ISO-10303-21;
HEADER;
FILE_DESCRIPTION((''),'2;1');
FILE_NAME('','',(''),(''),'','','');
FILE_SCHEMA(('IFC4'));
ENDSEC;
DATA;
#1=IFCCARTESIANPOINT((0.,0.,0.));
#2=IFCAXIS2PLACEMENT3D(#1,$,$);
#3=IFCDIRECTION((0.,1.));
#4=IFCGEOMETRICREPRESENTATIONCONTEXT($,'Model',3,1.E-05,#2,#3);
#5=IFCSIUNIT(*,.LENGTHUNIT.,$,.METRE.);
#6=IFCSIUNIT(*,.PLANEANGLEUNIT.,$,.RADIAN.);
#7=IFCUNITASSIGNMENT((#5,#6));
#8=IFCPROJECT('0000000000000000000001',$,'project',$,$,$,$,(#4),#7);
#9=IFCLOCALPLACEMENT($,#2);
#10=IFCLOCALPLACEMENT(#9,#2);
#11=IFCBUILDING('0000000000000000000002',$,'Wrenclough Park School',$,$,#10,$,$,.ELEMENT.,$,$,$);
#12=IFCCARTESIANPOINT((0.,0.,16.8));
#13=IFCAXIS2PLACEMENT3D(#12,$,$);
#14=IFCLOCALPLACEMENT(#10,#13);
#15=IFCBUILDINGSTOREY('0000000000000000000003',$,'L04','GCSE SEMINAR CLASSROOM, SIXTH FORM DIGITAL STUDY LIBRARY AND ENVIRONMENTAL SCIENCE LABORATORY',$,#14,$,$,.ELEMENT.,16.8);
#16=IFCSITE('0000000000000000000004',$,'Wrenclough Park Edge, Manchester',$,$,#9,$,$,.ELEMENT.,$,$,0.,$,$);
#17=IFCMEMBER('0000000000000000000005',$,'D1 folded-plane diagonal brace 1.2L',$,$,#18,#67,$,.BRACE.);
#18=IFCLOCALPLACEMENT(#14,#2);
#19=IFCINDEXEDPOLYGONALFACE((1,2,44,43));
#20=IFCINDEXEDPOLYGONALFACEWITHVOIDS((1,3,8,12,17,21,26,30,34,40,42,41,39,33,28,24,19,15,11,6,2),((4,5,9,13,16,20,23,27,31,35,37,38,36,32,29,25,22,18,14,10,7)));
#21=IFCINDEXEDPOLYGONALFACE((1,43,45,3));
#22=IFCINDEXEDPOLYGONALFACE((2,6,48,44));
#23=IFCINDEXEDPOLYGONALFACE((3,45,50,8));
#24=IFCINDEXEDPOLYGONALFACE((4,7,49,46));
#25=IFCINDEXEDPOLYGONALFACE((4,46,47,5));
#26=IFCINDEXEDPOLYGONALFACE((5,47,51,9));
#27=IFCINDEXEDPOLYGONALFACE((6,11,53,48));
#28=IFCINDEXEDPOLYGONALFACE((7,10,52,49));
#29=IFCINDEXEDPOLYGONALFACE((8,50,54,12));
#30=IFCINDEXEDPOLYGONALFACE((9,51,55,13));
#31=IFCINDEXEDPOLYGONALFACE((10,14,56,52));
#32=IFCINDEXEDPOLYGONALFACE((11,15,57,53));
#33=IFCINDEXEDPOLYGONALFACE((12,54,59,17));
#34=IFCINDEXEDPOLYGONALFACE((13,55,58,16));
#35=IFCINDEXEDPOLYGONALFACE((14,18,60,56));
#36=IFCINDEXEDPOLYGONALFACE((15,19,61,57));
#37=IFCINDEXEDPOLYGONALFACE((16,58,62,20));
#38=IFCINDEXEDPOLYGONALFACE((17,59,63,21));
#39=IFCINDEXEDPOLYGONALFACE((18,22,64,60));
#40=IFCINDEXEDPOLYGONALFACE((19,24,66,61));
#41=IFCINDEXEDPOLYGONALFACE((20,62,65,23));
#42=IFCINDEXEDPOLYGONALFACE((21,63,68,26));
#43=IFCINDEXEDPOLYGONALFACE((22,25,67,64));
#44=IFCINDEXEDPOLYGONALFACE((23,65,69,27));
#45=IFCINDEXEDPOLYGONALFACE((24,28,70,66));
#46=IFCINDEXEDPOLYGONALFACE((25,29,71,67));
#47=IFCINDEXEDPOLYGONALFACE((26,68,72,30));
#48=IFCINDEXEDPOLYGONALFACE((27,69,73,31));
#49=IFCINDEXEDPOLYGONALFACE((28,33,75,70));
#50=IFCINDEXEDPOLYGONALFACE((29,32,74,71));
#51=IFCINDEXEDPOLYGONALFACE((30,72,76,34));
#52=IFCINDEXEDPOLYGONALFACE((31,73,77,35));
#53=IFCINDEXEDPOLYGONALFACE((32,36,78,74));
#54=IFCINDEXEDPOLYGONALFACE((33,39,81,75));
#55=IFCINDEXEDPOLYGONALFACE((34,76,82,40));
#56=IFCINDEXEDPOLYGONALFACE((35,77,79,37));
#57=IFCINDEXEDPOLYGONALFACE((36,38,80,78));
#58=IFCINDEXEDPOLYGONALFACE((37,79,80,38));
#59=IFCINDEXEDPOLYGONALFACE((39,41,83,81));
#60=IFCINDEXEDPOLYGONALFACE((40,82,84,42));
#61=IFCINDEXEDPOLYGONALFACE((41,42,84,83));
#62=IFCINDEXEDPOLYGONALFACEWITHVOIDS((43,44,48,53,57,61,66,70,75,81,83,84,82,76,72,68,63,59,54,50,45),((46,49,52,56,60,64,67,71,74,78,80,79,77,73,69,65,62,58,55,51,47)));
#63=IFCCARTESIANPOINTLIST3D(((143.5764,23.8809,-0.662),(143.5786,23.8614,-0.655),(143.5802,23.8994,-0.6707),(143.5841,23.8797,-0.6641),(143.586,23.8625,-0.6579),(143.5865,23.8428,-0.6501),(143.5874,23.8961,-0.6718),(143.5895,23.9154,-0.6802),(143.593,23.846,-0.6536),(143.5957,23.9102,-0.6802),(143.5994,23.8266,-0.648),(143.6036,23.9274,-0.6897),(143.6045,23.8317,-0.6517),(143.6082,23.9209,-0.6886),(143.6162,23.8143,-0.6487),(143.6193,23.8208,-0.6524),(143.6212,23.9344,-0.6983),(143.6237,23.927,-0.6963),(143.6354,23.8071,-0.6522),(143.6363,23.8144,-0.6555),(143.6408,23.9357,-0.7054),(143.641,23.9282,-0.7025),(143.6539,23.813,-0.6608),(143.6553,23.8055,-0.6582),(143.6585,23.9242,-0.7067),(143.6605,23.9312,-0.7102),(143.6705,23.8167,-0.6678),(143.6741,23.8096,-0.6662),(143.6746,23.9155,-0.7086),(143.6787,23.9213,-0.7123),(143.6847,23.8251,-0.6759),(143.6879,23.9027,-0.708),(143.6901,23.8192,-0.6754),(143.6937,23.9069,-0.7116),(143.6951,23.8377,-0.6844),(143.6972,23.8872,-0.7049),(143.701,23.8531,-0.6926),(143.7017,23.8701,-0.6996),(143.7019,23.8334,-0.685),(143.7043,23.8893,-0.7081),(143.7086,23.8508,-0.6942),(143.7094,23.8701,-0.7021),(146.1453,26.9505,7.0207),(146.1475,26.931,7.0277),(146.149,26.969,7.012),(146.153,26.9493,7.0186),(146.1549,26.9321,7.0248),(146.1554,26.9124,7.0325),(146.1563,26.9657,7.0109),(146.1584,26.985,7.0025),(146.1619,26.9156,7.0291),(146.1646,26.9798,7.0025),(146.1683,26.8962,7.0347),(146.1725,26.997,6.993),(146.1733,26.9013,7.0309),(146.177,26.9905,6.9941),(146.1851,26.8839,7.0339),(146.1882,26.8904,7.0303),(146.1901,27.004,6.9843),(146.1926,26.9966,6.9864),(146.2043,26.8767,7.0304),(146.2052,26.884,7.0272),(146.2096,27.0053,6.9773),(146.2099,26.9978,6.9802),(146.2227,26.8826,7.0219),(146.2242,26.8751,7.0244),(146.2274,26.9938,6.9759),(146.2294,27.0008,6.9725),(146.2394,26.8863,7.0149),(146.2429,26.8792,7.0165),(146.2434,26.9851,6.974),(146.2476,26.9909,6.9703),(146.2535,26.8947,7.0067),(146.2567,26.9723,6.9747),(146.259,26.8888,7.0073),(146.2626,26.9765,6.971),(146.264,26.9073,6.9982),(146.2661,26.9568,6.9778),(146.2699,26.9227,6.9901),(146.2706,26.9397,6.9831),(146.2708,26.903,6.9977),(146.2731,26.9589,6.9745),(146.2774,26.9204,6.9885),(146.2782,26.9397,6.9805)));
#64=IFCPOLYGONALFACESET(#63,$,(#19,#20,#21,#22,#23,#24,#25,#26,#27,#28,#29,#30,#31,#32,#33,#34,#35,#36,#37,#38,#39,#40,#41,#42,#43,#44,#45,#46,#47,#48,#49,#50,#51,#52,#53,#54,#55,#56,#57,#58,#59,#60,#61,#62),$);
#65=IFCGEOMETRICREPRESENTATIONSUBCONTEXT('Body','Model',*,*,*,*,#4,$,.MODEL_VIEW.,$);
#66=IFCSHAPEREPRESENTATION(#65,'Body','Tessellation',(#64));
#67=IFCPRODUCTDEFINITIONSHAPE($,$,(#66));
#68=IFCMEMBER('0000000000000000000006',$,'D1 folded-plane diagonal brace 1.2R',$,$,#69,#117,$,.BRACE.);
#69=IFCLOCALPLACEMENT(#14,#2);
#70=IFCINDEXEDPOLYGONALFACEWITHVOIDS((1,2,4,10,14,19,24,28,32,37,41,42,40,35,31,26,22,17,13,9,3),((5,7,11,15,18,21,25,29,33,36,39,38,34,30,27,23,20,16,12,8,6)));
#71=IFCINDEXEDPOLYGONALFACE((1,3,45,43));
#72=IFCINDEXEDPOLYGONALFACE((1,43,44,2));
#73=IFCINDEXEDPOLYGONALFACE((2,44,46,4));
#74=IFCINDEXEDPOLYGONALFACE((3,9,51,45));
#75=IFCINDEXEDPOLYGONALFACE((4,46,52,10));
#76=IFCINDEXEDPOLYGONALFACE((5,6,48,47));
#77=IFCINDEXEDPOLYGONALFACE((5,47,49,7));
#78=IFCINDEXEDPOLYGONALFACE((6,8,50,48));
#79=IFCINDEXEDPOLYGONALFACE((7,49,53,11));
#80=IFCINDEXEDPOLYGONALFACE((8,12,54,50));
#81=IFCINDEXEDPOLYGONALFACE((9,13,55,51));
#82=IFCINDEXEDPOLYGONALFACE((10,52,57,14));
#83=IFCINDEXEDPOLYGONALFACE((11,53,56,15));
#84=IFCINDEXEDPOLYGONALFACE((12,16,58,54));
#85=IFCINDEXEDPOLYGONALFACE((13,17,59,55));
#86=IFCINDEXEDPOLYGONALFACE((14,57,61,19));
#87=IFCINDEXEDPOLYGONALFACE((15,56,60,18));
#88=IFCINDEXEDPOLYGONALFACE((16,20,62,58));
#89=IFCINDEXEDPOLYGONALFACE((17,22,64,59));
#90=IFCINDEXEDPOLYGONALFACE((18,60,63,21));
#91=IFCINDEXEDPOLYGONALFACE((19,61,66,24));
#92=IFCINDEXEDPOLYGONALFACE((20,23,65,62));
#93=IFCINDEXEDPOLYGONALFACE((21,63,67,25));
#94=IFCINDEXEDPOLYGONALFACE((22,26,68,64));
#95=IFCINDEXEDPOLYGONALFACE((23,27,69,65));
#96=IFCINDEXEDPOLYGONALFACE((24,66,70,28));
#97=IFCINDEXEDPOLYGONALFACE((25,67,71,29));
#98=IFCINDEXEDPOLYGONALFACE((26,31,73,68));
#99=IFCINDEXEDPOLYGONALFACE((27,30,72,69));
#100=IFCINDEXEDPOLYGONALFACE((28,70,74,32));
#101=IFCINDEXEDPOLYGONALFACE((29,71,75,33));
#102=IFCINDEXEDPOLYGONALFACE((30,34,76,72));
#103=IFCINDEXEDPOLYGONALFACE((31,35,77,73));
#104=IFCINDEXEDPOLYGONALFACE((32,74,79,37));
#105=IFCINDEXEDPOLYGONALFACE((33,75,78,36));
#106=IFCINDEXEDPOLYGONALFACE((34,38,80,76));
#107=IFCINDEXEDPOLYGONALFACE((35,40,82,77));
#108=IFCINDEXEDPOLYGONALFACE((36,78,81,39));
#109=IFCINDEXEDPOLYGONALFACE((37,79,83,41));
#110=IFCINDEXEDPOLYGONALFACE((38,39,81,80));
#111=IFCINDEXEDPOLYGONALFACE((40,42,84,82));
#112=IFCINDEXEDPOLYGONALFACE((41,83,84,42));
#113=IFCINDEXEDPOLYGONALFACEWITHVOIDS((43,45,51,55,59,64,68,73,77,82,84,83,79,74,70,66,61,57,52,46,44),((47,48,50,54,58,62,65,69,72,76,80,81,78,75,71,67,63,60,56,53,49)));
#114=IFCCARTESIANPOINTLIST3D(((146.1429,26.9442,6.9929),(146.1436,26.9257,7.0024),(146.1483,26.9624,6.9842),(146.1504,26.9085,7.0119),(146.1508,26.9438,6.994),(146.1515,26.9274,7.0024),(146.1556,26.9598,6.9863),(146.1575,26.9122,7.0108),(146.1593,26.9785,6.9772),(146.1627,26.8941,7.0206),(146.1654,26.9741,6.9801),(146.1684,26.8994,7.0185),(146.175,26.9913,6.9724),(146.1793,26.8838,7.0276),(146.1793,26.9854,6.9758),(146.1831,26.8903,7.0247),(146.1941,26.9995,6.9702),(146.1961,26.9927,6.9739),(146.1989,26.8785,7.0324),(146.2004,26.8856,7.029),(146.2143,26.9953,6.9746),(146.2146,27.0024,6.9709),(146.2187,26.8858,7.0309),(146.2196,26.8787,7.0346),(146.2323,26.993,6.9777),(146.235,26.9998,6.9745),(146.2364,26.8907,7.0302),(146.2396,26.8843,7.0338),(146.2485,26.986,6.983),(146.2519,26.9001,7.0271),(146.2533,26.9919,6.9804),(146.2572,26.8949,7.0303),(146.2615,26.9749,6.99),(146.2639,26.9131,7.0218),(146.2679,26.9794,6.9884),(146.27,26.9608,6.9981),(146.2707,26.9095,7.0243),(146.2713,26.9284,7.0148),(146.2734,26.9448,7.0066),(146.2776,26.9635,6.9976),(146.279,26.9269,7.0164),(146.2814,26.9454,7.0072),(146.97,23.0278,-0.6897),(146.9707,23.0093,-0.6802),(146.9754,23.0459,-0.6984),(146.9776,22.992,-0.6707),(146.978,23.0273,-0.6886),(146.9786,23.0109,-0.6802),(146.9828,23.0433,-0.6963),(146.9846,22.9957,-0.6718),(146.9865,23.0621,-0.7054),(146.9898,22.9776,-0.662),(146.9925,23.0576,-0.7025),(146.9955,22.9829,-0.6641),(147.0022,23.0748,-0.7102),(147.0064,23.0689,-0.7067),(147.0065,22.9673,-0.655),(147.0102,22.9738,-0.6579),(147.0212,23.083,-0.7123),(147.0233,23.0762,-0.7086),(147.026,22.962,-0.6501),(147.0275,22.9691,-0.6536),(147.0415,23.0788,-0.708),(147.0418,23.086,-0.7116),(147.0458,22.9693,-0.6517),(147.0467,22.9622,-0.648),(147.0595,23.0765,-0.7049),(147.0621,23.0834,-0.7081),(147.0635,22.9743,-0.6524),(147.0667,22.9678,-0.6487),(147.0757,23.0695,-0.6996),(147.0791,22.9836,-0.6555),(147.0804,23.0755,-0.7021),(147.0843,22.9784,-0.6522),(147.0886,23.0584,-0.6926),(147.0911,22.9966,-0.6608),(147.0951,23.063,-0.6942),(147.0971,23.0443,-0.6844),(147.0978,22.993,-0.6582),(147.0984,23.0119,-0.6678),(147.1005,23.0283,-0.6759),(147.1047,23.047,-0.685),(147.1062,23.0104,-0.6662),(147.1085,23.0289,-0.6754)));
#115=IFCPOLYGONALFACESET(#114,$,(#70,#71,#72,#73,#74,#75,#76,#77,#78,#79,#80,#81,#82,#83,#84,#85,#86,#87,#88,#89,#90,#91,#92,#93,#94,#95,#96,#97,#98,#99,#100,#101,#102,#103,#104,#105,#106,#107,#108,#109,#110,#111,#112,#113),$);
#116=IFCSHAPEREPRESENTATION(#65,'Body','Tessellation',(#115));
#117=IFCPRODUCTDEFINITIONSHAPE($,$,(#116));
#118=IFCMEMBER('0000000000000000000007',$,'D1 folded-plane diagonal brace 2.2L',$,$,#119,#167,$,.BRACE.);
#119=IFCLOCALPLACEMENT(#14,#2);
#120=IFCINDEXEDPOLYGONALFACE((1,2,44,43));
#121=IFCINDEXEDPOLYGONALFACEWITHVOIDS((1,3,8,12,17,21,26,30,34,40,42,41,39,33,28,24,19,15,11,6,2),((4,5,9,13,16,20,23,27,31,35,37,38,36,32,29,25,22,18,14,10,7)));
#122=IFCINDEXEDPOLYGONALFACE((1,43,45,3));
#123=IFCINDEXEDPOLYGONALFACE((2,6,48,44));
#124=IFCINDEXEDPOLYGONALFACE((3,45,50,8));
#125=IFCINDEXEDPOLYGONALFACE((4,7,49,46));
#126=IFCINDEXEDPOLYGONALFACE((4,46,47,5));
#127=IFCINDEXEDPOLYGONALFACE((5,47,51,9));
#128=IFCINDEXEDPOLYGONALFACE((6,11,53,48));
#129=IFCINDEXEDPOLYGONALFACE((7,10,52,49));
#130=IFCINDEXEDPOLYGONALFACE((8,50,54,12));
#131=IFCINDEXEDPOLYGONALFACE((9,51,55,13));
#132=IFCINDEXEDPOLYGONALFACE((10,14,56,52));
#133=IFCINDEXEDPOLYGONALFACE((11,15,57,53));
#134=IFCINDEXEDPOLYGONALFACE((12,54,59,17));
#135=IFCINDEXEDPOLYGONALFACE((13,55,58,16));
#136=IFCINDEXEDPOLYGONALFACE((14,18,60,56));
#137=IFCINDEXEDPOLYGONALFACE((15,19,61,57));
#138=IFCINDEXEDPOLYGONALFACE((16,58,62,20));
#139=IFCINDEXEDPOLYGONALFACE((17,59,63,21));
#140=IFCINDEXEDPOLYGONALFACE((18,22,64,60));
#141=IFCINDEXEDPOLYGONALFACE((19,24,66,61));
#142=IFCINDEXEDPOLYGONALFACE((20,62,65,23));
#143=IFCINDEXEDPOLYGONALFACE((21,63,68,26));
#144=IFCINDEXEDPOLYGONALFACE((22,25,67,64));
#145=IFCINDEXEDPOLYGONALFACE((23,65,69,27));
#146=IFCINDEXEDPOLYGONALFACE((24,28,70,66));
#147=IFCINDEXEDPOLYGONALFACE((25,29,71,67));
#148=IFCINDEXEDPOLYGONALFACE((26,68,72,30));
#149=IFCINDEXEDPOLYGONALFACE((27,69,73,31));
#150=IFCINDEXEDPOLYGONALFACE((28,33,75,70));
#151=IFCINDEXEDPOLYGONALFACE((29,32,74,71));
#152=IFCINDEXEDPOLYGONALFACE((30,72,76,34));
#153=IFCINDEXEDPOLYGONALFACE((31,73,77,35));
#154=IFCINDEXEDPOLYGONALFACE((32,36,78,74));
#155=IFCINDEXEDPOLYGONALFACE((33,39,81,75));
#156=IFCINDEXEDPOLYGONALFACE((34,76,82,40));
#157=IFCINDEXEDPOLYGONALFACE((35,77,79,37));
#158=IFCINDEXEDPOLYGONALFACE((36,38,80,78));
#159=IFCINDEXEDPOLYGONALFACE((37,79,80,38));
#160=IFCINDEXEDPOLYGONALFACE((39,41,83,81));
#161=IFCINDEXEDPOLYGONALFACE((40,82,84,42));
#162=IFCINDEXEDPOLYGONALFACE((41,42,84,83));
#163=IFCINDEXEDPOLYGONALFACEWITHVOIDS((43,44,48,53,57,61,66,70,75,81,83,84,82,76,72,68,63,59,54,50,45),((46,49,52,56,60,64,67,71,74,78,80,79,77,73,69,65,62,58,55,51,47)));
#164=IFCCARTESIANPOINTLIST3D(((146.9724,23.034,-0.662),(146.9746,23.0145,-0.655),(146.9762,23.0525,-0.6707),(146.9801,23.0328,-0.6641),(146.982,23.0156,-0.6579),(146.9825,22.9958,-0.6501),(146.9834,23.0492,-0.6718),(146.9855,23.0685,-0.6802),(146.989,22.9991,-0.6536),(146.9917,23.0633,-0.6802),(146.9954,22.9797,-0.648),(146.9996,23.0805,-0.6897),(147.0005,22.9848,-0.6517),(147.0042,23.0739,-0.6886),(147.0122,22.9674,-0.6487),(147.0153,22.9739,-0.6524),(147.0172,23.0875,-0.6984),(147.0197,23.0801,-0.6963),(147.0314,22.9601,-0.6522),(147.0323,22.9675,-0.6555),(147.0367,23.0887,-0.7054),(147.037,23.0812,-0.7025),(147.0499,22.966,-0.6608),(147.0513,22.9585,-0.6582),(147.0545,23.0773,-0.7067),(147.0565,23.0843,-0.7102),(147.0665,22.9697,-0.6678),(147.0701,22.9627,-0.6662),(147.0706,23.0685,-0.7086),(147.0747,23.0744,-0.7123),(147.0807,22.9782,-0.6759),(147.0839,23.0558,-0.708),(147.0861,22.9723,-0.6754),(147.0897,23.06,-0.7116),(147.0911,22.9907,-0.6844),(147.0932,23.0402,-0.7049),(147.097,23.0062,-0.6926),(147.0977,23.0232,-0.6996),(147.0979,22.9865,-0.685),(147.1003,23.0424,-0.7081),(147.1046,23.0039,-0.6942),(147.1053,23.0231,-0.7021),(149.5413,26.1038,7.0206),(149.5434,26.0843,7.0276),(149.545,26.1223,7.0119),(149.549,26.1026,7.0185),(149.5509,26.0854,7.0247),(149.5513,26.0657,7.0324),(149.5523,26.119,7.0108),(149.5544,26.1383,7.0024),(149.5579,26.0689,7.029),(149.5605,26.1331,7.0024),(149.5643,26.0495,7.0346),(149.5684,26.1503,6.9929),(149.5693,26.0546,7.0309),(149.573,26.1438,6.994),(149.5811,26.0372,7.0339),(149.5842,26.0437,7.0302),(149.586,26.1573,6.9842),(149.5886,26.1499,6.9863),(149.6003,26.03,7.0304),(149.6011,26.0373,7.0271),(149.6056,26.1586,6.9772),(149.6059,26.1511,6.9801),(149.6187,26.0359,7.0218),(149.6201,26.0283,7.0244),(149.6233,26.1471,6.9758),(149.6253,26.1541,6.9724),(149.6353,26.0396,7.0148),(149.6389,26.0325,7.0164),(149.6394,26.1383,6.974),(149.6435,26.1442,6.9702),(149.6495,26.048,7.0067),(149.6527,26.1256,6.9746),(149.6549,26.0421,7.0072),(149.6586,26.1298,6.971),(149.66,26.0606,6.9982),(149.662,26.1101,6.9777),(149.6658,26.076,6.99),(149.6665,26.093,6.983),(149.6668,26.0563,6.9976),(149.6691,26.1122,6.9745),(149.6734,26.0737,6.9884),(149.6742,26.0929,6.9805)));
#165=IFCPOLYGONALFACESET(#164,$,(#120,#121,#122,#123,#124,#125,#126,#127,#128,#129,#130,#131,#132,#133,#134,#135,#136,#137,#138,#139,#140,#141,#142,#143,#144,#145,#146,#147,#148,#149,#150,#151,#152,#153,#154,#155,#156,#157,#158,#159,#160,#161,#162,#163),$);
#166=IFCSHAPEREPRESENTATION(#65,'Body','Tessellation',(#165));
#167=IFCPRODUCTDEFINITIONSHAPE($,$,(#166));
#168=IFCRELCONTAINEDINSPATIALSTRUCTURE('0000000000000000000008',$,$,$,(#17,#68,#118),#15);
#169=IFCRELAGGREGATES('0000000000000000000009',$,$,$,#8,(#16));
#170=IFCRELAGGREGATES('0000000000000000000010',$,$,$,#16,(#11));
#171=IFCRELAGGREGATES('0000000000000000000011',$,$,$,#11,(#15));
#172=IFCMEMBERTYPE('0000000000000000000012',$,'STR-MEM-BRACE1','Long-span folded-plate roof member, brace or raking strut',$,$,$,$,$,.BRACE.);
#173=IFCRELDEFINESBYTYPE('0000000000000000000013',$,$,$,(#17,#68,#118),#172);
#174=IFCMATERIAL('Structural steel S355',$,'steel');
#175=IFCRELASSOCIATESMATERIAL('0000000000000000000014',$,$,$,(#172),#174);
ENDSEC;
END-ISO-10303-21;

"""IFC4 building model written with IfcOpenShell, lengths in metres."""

from ifc_helpers import new_model, si_unit, direction, frame, origin, origin_2d, place, context, subcontext, project, spatial, hollow_circle, extrude, material, material_profile, profile_set, type_object, element, save


model = new_model("IFC4")

# Units and contexts
model_context = context("Model", 3, precision=1e-05, world=origin(), true_north=direction((0.0, 1.0)))
body_context = subcontext(model_context, "Body", "Model", "MODEL_VIEW")
ifc_project = project(units=[si_unit("LENGTHUNIT", "METRE"), si_unit("PLANEANGLEUNIT", "RADIAN")], contexts=[model_context])

# Site, building, storey
site_placement = place(None, origin())
site = spatial("IfcSite", under=ifc_project, at=site_placement, Name="Wrenclough Park Edge, Manchester", CompositionType="ELEMENT", RefElevation=0.0)
building_placement = place(site_placement, origin())
building = spatial("IfcBuilding", under=site, at=building_placement, Name="Wrenclough Park School", CompositionType="ELEMENT")
storey_placement = place(building_placement, frame((0.0, 0.0, 16.8)))
storey = spatial("IfcBuildingStorey", under=building, at=storey_placement, Name="L04", Description="GCSE SEMINAR CLASSROOM, SIXTH FORM DIGITAL STUDY LIBRARY AND ENVIRONMENTAL SCIENCE LABORATORY", CompositionType="ELEMENT", Elevation=16.8)

# Shared definitions
ifc_material_1 = material(Name="Structural steel S355", Category="steel")

# Members
ifc_material_profile_1 = material_profile(ifc_material_1, hollow_circle(Radius=0.0698, WallThickness=0.0081, at=origin_2d()), Name="CHS 139.7x8.0")
ifc_profile_set_1 = profile_set([ifc_material_profile_1], Name="Structural steel S355")
member_type_1 = type_object("IfcMemberType", Name="STR-MEM-BRACE1", Description="Long-span folded-plate roof member, brace or raking strut", PredefinedType="BRACE", material=ifc_profile_set_1)
for number, where, z_axis, x_axis, name in (
    (1, (143.6431, 23.8706, -0.6802), (0.296538, 0.354341, 0.886853), (-0.766885, 0.641785, 0.0), "D1 folded-plane diagonal brace 1.2L"),
    (2, (147.0391, 23.0237, -0.6802), (-0.095482, 0.452101, 0.886842), (-0.978418, -0.206637, 0.0), "D1 folded-plane diagonal brace 1.2R"),
    (3, (147.0391, 23.0237, -0.6802), (0.296535, 0.354366, 0.886844), (-0.76691, 0.641755, 0.0), "D1 folded-plane diagonal brace 2.2L"),
):
    element("IfcMember", number, at=place(storey_placement, frame(where, z_axis=z_axis, x_axis=x_axis)), inside=storey, type_object=member_type_1, Name=name, PredefinedType="BRACE", context=body_context, shape_type="SweptSolid", body=[
        extrude(hollow_circle(Radius=0.0698, WallThickness=0.0081, at=origin_2d()), origin(), (0.0, 0.0, 1.0), 8.6628),
    ])

save(model, "model.ifc")
